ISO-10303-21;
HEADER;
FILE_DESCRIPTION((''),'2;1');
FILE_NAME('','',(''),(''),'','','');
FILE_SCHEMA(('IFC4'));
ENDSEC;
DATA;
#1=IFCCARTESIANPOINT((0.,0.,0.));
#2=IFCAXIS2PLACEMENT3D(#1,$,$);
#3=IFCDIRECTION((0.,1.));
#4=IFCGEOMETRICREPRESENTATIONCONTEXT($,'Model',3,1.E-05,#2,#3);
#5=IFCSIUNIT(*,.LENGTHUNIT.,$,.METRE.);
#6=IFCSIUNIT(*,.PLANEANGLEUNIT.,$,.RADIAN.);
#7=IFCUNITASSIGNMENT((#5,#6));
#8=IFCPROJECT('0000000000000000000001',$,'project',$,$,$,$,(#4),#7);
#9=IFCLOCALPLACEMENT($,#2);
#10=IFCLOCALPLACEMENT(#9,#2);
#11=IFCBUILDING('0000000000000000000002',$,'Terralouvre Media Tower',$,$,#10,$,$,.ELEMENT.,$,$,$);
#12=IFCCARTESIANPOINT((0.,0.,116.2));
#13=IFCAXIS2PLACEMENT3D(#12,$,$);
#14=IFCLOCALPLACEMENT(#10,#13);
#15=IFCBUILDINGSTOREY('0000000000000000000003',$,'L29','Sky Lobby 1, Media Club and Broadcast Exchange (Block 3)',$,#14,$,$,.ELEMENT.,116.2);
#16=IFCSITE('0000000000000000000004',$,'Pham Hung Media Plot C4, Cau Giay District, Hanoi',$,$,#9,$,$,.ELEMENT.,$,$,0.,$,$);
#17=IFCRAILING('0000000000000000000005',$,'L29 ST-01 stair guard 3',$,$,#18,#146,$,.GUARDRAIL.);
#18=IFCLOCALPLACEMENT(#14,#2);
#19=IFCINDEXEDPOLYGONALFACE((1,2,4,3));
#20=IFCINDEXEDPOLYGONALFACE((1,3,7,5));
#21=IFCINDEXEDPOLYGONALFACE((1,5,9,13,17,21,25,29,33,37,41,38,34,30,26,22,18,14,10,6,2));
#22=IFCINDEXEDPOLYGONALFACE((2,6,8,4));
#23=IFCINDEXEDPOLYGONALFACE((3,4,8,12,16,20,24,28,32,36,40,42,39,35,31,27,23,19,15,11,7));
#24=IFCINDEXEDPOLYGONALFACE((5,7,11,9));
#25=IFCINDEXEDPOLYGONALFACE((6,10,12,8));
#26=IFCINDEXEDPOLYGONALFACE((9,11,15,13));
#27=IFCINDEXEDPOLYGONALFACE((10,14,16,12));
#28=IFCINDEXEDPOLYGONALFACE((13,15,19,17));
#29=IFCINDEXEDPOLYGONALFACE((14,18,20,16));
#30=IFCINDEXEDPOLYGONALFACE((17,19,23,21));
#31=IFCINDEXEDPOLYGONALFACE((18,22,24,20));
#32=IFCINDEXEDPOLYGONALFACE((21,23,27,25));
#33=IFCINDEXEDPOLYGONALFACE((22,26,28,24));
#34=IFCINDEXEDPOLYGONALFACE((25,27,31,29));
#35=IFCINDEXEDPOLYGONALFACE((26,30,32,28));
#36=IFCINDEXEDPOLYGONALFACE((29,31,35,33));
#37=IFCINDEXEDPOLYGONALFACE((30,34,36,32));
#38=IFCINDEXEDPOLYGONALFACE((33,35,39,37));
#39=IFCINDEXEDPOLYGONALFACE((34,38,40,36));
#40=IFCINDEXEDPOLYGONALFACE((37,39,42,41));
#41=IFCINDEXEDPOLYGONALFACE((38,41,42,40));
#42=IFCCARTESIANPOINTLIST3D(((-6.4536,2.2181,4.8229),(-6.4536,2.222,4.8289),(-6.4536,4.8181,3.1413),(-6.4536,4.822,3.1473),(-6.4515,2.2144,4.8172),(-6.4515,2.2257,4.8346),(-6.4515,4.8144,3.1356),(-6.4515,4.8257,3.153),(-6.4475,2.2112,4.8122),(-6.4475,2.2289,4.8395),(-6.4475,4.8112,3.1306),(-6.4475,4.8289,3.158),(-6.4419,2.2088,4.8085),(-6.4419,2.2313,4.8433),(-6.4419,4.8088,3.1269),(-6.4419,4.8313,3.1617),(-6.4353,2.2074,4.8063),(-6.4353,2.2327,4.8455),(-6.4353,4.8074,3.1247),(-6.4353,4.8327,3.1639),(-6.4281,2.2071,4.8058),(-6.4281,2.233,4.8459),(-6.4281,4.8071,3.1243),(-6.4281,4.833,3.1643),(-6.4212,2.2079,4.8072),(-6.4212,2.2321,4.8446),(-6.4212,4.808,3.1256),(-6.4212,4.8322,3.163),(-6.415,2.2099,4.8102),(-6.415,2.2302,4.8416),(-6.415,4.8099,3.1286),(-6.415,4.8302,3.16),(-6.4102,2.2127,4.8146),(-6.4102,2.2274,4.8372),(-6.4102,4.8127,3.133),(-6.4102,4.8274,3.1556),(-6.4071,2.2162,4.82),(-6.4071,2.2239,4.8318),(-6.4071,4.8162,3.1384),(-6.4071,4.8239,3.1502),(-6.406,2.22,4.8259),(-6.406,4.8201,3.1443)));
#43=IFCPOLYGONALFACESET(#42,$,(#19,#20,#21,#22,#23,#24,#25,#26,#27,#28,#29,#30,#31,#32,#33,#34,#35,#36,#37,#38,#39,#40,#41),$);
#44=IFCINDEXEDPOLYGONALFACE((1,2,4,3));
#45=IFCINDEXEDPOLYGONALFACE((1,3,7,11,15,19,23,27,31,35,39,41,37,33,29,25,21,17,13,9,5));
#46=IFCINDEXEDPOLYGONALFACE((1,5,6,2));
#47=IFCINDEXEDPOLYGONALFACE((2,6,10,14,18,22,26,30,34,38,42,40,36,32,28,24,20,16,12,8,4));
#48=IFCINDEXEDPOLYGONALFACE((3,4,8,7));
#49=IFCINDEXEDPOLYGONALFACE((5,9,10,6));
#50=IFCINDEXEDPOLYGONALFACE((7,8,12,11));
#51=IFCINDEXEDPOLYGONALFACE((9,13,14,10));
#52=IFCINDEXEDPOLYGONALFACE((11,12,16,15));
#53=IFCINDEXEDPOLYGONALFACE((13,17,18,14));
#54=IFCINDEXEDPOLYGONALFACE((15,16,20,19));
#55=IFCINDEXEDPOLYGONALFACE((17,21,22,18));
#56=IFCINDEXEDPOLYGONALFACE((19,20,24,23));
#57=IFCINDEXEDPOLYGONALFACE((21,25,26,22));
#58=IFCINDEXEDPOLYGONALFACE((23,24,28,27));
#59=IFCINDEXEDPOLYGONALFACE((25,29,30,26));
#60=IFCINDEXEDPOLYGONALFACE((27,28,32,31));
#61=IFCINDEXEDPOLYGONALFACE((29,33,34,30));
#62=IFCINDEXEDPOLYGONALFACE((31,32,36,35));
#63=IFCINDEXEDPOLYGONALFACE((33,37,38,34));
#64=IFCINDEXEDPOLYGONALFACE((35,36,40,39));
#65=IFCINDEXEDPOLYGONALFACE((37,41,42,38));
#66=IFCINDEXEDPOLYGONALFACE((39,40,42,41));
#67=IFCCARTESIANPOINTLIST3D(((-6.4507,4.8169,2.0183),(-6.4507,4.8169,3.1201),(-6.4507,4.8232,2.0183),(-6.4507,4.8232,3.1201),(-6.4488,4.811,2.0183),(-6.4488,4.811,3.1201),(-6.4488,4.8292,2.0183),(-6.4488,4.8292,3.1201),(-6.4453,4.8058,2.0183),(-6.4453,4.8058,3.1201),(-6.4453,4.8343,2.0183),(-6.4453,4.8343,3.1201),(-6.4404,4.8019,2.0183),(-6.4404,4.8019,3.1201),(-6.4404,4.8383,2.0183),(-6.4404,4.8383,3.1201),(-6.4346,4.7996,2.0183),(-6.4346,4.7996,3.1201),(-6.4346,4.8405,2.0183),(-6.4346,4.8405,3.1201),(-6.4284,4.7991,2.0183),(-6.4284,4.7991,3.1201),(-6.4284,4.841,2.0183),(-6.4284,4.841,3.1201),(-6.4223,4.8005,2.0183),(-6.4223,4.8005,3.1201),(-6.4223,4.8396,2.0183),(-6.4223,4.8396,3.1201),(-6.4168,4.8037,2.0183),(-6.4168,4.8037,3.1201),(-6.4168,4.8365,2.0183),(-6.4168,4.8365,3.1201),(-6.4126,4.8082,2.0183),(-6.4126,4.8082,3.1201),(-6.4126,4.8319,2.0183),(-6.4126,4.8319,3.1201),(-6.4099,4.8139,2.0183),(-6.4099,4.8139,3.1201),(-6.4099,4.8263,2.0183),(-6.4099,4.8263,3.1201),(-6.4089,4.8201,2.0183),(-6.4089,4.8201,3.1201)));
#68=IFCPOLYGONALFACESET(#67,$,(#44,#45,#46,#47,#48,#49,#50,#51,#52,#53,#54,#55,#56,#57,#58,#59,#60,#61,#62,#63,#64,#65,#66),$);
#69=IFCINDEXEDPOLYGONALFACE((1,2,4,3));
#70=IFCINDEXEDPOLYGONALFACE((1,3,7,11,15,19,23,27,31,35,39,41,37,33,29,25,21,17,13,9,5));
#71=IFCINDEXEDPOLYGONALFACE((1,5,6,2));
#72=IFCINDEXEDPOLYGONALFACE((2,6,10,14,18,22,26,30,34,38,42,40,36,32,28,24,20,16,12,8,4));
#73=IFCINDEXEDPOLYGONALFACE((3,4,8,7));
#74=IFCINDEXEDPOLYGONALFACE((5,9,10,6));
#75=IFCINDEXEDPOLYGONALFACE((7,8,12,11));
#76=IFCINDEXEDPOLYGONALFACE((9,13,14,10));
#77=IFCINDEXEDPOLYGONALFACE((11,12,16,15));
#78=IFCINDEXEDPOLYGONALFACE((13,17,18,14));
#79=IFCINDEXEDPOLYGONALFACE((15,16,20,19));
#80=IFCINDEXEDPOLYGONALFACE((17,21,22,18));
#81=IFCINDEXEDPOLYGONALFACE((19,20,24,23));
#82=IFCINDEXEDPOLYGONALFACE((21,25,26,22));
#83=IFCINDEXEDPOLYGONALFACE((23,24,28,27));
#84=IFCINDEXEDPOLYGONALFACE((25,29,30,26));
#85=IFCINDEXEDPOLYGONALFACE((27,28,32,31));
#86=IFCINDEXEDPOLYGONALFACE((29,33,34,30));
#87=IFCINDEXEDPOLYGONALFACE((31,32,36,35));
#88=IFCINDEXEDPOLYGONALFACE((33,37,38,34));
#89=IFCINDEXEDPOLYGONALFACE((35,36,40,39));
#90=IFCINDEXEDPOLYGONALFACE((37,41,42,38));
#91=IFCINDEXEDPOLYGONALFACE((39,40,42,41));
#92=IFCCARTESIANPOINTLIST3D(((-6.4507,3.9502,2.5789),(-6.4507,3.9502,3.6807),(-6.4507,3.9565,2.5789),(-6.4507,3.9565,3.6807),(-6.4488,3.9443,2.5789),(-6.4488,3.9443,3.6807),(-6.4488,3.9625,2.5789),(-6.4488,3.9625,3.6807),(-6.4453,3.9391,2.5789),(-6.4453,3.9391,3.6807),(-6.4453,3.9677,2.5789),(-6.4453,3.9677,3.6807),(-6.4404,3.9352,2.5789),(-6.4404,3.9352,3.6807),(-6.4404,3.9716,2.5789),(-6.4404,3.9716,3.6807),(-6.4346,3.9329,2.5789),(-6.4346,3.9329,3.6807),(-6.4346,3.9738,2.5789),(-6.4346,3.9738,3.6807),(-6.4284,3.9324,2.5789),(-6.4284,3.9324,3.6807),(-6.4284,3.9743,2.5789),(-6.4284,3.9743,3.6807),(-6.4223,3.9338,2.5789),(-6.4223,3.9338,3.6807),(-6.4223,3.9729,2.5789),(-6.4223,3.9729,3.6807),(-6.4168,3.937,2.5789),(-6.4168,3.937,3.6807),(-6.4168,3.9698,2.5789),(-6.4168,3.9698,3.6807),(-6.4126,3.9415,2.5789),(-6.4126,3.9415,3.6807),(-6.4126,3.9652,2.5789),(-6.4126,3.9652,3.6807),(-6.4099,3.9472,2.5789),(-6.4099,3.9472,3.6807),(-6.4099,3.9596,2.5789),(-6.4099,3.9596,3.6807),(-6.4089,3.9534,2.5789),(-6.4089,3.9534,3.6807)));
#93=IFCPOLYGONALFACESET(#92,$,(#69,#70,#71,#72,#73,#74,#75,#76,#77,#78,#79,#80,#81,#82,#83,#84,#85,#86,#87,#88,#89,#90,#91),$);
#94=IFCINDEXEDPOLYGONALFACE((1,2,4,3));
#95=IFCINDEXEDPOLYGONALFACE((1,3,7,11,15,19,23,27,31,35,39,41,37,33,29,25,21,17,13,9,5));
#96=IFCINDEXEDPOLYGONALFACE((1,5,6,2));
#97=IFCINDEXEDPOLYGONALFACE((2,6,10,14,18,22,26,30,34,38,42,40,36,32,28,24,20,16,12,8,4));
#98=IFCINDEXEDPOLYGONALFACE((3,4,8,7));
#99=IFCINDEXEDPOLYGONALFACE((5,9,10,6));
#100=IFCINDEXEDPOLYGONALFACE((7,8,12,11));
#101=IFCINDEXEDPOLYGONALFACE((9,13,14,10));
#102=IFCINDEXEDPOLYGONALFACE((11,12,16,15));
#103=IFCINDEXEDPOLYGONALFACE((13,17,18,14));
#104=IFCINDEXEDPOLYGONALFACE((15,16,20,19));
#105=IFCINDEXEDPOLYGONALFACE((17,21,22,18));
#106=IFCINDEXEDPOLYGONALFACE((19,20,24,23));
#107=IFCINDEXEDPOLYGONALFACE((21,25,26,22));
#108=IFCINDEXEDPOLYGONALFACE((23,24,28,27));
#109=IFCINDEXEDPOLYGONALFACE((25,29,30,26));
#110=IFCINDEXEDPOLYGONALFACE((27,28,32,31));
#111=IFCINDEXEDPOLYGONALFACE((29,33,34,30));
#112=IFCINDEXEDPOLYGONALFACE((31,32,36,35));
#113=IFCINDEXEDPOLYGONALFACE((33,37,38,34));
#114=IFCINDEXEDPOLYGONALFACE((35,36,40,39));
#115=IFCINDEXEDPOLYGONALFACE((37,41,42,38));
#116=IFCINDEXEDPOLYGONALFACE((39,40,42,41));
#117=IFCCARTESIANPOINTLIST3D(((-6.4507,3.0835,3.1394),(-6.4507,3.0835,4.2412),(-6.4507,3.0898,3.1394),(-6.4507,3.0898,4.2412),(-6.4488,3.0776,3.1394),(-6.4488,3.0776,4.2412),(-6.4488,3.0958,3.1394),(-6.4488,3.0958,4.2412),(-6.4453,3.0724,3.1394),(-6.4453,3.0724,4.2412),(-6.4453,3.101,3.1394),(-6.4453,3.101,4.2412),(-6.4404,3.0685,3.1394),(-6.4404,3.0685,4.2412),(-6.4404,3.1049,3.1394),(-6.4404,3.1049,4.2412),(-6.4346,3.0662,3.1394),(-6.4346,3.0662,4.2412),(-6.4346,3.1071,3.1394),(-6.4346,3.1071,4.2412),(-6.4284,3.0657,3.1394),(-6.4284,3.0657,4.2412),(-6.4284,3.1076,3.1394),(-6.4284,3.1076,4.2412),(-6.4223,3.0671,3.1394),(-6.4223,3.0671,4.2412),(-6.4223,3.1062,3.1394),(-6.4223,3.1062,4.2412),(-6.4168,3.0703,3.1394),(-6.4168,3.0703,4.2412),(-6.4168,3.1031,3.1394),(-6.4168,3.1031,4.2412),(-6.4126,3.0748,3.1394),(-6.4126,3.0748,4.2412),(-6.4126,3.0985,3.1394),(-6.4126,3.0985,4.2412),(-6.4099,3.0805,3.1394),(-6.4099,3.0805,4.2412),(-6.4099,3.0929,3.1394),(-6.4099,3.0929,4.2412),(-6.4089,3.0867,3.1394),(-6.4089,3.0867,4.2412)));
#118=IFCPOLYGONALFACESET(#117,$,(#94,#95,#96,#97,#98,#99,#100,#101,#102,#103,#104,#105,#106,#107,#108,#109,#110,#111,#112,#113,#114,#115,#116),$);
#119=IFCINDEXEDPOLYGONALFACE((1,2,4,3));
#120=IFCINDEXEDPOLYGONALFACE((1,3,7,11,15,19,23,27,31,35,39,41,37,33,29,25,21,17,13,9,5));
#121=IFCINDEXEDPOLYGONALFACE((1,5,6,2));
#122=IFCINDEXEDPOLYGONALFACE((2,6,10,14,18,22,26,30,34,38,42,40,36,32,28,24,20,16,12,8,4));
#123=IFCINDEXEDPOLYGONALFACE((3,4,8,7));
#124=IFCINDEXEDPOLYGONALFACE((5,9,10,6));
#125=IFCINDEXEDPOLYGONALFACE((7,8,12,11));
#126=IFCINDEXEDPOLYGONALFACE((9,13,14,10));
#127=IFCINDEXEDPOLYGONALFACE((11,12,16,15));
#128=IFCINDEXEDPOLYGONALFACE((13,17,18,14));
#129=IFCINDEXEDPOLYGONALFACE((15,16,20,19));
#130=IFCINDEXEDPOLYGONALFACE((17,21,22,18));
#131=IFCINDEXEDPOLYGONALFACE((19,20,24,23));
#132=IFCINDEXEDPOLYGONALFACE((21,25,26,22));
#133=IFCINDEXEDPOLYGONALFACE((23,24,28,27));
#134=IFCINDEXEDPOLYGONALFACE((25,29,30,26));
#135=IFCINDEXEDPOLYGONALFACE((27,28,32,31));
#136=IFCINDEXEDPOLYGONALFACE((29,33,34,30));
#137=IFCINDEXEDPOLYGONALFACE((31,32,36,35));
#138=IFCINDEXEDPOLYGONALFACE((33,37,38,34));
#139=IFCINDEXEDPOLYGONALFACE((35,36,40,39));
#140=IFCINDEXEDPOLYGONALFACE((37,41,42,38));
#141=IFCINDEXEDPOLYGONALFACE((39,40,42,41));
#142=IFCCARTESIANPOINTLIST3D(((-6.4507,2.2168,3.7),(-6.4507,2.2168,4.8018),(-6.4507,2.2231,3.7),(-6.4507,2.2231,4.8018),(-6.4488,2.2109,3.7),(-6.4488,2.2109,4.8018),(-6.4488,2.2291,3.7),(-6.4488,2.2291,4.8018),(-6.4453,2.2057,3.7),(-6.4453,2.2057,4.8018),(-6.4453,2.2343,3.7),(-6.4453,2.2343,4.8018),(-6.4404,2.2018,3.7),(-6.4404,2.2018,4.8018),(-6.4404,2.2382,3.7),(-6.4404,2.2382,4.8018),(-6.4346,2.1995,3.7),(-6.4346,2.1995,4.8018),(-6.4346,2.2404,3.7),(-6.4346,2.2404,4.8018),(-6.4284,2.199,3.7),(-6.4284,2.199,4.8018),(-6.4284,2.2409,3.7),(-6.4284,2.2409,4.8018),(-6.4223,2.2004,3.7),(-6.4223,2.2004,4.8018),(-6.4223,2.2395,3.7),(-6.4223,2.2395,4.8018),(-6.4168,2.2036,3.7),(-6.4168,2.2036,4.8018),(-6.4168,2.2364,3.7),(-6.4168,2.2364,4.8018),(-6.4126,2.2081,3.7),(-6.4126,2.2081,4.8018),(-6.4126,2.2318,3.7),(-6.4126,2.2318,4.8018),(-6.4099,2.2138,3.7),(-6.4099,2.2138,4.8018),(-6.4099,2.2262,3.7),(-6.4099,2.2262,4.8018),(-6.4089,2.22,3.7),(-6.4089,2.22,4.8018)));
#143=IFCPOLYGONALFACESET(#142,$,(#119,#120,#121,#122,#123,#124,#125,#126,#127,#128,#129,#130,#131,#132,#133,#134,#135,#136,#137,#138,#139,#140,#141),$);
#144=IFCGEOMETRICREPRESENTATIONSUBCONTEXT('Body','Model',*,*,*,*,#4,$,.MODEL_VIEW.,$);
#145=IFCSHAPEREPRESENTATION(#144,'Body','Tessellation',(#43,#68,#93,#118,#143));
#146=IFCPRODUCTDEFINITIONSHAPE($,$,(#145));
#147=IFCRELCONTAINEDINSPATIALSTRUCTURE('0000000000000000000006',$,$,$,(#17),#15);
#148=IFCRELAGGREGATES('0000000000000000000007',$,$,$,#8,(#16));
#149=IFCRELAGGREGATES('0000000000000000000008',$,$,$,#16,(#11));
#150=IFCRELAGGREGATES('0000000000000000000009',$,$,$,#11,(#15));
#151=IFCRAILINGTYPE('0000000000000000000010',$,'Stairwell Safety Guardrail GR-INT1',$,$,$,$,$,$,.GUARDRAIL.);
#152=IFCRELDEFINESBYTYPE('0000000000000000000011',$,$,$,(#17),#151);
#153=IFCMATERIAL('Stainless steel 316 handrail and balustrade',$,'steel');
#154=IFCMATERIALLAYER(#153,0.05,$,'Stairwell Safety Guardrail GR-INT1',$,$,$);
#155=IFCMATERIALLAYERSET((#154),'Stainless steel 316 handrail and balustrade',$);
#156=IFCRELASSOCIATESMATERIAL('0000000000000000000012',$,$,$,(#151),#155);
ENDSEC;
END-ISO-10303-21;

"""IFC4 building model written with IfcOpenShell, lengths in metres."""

from ifc_helpers import new_model, si_unit, direction, frame, origin, origin_2d, place, context, subcontext, project, spatial, circle, extrude, material, layer, layer_set, type_object, element, save


model = new_model("IFC4")

# Units and contexts
model_context = context("Model", 3, precision=1e-05, world=origin(), true_north=direction((0.0, 1.0)))
body_context = subcontext(model_context, "Body", "Model", "MODEL_VIEW")
ifc_project = project(units=[si_unit("LENGTHUNIT", "METRE"), si_unit("PLANEANGLEUNIT", "RADIAN")], contexts=[model_context])

# Site, building, storey
site_placement = place(None, origin())
site = spatial("IfcSite", under=ifc_project, at=site_placement, Name="Pham Hung Media Plot C4, Cau Giay District, Hanoi", CompositionType="ELEMENT", RefElevation=0.0)
building_placement = place(site_placement, origin())
building = spatial("IfcBuilding", under=site, at=building_placement, Name="Terralouvre Media Tower", CompositionType="ELEMENT")
storey_placement = place(building_placement, frame((0.0, 0.0, 116.2)))
storey = spatial("IfcBuildingStorey", under=building, at=storey_placement, Name="L29", Description="Sky Lobby 1, Media Club and Broadcast Exchange (Block 3)", CompositionType="ELEMENT", Elevation=116.2)

# Railing
ifc_material_1 = material(Name="Stainless steel 316 handrail and balustrade", Category="steel")
ifc_layer_1 = layer(ifc_material_1, 0.05, Name="Stairwell Safety Guardrail GR-INT1")
ifc_layer_set_1 = layer_set([ifc_layer_1], Name="Stainless steel 316 handrail and balustrade")
railing_type_1 = type_object("IfcRailingType", Name="Stairwell Safety Guardrail GR-INT1", PredefinedType="GUARDRAIL", material=ifc_layer_set_1)
railing_1_placement = place(storey_placement, frame((-6.4299, 4.8201, 2.0183)))
element("IfcRailing", 1, at=railing_1_placement, inside=storey, type_object=railing_type_1, Name="L29 ST-01 stair guard 3", PredefinedType="GUARDRAIL", context=body_context, shape_type="SweptSolid", body=[
    extrude(circle(Radius=0.0239, at=origin_2d()), frame((0.0, 0.0, 1.126), z_axis=(0.0, -0.839684, 0.543075), x_axis=(1.0, 0.0, 0.0)), (0.0, 0.0, 1.0), 3.0964),
    extrude(circle(Radius=0.021, at=origin_2d()), origin(), (0.0, 0.0, 1.0), 1.1018),
    extrude(circle(Radius=0.021, at=origin_2d()), frame((0.0, -0.8667, 0.5605)), (0.0, 0.0, 1.0), 1.1018),
    extrude(circle(Radius=0.021, at=origin_2d()), frame((0.0, -1.7334, 1.1211)), (0.0, 0.0, 1.0), 1.1018),
    extrude(circle(Radius=0.021, at=origin_2d()), frame((0.0, -2.6001, 1.6816)), (0.0, 0.0, 1.0), 1.1018),
])

save(model, "model.ifc")
